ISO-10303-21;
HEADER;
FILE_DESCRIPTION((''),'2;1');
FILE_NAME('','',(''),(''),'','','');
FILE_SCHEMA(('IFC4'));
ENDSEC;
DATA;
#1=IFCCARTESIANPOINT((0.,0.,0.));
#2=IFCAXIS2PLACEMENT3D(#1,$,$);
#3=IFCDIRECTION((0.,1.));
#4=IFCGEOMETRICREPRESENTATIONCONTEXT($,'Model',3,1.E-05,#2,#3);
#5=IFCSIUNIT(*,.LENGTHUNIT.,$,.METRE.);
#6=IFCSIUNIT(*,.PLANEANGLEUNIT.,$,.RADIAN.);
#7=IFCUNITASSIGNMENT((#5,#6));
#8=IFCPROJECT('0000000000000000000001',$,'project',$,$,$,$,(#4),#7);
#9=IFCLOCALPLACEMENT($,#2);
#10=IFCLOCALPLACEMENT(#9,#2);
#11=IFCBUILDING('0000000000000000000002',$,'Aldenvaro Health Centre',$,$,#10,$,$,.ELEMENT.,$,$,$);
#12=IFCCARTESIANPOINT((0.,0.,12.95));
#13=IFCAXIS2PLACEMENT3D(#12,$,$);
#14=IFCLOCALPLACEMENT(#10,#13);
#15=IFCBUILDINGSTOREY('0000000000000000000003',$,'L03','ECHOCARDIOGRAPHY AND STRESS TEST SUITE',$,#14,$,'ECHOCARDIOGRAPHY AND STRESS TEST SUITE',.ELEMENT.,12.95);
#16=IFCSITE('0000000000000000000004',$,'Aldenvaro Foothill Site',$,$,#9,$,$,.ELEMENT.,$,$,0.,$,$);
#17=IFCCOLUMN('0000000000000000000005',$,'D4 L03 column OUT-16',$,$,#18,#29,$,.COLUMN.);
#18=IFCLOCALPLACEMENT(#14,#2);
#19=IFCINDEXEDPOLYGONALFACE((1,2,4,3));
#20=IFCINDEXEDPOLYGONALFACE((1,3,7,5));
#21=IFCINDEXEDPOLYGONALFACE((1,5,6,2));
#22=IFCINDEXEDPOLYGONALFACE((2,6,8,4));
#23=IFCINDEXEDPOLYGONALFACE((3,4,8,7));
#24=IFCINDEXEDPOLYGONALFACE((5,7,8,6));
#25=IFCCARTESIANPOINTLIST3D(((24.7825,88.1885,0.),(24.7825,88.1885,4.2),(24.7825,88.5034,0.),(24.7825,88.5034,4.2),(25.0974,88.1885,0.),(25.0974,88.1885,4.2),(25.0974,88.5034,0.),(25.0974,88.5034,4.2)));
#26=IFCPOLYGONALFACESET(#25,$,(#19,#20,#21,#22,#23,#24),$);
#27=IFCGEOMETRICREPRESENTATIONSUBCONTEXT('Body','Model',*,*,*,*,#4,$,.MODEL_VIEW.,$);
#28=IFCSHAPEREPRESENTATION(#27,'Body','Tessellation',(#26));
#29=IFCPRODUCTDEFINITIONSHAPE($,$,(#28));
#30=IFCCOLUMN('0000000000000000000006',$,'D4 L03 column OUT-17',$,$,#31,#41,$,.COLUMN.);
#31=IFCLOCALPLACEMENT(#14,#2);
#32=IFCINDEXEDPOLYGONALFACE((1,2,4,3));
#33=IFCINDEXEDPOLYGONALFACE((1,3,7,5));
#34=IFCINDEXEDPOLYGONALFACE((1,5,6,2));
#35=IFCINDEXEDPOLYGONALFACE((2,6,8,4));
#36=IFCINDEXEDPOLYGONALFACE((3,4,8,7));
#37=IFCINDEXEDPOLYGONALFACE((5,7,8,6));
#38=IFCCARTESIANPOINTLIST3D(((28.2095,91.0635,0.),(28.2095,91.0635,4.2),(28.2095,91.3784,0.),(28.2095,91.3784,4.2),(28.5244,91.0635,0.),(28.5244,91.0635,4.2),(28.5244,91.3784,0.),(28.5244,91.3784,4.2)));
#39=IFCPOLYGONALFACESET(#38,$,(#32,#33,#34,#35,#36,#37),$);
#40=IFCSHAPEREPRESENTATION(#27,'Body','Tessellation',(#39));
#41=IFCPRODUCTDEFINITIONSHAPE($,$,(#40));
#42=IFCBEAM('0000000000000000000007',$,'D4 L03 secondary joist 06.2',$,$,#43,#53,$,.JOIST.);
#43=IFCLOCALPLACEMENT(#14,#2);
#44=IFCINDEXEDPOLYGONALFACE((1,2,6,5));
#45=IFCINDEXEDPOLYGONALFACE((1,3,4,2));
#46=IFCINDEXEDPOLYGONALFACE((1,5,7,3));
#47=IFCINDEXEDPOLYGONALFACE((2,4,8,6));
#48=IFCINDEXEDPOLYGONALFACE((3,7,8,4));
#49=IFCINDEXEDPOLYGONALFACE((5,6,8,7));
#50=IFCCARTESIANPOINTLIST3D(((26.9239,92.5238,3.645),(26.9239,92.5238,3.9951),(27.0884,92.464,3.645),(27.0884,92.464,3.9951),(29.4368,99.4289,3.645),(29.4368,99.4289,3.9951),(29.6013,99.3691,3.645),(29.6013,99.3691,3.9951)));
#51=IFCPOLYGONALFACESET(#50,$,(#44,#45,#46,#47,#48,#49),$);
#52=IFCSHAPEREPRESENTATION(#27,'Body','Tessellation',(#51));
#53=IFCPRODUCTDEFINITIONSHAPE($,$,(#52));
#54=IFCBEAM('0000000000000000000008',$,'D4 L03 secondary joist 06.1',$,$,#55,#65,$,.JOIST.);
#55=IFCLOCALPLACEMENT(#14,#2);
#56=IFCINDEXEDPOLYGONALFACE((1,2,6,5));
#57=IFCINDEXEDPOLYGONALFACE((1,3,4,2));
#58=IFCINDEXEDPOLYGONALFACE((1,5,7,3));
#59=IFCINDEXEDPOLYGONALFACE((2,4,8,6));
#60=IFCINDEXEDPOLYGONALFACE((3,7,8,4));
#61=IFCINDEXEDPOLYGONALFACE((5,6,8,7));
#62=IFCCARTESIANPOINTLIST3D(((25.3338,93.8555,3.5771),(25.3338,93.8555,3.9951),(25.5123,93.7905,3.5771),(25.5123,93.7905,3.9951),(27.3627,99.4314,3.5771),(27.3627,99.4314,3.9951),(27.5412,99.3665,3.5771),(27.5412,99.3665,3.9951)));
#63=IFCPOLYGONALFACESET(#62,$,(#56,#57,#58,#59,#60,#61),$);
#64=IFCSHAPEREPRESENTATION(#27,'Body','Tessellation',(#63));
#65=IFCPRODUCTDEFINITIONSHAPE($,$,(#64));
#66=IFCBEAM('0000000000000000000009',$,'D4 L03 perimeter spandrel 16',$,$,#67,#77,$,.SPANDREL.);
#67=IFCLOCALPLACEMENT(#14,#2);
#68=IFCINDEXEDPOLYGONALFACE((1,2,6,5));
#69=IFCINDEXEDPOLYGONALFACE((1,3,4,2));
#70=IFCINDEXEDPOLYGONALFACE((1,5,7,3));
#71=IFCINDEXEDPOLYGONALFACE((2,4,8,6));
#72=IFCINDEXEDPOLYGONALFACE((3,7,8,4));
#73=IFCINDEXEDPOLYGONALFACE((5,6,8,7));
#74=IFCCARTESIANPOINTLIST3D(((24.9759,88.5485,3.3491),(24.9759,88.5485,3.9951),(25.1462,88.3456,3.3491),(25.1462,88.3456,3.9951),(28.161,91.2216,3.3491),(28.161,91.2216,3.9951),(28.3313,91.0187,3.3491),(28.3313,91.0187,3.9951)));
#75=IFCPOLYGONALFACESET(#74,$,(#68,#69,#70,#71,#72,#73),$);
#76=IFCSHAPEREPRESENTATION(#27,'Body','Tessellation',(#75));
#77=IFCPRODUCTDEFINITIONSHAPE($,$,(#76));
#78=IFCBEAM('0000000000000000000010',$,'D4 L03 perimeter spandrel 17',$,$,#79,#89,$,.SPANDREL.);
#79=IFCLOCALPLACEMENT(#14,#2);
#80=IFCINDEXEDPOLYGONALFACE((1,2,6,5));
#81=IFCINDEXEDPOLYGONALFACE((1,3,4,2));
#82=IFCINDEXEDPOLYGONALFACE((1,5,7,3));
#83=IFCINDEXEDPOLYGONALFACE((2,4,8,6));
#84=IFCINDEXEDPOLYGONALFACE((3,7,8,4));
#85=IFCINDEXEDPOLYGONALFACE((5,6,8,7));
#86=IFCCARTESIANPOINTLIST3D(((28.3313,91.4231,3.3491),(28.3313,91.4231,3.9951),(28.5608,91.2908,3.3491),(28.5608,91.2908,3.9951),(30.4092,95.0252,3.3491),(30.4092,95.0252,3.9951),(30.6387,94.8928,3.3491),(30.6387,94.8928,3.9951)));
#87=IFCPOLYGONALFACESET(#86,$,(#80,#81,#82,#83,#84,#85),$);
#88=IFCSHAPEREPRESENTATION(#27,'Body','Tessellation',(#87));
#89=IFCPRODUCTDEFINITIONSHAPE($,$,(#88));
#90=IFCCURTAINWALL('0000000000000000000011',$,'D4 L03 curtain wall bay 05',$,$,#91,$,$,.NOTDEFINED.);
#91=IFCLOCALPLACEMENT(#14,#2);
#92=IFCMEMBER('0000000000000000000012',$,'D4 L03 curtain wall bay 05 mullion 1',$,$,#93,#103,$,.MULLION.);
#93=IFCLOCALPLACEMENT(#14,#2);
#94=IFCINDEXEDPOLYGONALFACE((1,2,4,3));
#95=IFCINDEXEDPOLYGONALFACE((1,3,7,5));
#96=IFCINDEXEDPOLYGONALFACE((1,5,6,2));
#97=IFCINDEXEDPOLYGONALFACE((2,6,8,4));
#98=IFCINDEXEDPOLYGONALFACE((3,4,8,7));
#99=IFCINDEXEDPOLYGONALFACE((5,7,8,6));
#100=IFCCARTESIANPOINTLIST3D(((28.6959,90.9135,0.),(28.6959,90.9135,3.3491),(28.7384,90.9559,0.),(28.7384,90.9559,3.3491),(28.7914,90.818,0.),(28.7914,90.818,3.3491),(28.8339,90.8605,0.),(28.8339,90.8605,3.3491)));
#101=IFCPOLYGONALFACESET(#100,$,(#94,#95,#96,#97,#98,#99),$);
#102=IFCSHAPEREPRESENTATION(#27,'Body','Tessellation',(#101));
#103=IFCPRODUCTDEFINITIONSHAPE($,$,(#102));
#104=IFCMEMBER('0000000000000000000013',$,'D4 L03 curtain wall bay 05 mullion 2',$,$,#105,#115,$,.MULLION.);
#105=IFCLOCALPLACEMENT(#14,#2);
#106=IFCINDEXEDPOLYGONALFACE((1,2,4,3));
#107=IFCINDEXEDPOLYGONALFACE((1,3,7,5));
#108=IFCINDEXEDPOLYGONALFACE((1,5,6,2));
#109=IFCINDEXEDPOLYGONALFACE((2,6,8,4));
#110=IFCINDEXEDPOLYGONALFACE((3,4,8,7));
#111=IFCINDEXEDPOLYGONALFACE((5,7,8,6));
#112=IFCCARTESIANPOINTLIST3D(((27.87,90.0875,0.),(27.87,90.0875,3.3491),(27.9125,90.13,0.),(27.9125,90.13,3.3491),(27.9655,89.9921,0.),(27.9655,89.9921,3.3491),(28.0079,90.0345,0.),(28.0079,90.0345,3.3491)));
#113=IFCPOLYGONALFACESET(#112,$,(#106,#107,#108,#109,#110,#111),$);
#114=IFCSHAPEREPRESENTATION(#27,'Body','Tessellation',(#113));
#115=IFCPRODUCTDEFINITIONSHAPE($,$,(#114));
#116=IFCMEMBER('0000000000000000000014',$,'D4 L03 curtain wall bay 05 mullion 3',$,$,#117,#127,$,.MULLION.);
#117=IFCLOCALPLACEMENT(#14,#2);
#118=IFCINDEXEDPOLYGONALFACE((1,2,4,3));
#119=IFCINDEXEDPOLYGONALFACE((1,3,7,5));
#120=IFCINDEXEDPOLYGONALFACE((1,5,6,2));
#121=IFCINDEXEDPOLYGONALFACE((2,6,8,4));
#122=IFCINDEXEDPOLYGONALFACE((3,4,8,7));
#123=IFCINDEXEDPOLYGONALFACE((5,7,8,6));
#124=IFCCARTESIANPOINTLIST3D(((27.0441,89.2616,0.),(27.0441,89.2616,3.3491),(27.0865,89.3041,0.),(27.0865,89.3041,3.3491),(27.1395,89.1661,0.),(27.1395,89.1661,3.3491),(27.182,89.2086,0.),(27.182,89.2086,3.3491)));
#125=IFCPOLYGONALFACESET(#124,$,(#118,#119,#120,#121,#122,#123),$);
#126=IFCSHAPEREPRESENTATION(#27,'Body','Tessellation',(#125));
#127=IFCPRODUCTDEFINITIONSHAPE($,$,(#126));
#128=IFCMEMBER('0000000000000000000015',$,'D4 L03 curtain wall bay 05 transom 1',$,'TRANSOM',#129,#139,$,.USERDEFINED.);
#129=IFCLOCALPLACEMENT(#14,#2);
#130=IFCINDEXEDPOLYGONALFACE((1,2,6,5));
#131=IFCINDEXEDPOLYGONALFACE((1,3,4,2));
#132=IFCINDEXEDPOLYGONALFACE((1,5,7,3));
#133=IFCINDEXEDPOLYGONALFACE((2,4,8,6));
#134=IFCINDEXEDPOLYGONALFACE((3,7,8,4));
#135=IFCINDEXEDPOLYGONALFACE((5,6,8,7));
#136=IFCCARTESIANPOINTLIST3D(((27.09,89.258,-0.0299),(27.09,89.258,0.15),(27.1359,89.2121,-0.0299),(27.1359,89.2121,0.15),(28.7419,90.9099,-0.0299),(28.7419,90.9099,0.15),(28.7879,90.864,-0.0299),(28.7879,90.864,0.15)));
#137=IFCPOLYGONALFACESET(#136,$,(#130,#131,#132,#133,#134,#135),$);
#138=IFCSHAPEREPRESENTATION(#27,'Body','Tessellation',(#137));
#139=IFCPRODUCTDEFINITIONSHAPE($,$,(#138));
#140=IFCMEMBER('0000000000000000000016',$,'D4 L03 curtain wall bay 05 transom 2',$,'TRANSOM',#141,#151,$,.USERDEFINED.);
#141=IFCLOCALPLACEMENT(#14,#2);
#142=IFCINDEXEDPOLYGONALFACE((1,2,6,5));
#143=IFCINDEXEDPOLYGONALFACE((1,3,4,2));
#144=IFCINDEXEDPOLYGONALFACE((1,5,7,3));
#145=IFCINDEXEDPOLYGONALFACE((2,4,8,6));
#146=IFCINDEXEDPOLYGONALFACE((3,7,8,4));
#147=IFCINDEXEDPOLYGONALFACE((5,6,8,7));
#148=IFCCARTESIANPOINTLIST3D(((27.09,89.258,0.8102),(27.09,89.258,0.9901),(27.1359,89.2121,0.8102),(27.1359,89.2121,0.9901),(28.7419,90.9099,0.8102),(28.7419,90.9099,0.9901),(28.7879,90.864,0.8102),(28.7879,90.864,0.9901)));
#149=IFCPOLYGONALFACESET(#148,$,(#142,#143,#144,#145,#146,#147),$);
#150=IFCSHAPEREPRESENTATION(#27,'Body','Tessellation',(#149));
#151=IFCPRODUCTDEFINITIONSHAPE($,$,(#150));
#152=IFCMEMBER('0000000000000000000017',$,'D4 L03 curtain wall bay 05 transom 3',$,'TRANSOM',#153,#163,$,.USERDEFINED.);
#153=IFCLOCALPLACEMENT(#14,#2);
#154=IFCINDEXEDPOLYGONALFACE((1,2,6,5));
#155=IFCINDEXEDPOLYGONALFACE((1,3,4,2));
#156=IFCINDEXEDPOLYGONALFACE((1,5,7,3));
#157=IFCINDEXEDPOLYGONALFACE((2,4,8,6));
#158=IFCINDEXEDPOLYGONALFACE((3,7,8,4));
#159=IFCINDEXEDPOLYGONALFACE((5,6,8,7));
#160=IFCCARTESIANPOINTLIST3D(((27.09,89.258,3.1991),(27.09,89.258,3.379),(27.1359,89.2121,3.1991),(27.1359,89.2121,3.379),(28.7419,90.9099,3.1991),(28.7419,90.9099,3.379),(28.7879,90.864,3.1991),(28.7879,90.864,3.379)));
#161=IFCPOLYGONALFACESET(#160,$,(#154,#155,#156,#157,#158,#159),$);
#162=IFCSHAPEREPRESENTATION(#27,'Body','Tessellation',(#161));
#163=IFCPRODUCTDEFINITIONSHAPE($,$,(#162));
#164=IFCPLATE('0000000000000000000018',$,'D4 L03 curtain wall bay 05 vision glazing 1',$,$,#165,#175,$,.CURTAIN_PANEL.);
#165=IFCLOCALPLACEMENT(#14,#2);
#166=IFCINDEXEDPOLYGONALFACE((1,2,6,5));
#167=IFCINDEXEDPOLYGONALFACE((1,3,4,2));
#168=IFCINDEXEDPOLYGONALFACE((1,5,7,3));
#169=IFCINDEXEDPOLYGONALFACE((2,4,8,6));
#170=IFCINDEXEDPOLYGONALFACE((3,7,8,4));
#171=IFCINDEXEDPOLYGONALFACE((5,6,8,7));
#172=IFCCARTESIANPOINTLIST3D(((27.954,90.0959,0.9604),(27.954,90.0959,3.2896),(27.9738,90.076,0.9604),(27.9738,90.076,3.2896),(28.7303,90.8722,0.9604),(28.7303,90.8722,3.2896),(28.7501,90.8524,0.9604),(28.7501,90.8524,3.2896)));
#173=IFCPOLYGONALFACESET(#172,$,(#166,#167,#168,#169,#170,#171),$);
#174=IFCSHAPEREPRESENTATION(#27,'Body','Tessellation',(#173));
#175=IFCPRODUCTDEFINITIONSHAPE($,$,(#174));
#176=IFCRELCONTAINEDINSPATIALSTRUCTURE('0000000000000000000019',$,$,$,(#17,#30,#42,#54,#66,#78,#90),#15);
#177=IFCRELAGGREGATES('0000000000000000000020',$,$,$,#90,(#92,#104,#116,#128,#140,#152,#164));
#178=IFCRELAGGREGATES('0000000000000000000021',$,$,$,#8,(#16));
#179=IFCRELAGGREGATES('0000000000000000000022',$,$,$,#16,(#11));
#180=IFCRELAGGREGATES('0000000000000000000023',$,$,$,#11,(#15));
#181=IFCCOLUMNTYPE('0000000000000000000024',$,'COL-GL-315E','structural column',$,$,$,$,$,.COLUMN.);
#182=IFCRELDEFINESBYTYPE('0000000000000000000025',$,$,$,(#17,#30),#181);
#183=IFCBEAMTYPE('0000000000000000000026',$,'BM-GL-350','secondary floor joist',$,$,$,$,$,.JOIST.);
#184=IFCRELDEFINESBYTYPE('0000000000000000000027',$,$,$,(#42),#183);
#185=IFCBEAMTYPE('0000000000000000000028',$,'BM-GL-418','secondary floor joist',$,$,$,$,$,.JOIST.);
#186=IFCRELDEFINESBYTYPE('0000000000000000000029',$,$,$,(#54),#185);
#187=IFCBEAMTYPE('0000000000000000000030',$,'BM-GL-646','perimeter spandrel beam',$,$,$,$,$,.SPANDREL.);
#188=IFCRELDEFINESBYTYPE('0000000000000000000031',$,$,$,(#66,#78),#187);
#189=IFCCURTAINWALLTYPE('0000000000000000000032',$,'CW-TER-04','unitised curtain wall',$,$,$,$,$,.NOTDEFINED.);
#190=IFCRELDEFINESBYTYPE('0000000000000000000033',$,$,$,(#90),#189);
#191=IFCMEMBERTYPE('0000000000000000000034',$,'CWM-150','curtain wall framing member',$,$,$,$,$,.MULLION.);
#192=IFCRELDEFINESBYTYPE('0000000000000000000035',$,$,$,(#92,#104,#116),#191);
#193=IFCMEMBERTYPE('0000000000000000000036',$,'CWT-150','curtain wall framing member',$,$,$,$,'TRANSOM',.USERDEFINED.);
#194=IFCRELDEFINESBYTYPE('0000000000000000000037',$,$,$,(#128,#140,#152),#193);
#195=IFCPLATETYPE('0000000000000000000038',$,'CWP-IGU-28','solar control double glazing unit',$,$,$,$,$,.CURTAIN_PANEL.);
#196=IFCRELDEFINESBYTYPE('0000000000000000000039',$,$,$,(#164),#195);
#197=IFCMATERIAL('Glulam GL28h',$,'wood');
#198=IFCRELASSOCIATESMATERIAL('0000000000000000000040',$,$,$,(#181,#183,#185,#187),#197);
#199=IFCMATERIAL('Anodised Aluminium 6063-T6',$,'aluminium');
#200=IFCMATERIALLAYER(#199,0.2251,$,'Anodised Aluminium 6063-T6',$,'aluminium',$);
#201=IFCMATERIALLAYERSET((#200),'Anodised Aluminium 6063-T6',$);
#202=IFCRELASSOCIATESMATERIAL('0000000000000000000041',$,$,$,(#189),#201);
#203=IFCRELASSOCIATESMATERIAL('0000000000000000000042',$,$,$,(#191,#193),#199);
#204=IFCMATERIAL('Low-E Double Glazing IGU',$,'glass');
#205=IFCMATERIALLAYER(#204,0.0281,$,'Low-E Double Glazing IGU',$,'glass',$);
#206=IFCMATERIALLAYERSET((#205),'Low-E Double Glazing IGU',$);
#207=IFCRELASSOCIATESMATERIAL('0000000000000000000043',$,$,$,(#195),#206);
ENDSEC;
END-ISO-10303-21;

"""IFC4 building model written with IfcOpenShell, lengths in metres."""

from ifc_helpers import new_model, si_unit, direction, frame, origin, origin_2d, place, context, subcontext, project, spatial, rectangle, extrude, material, layer, layer_set, material_profile, profile_set, type_object, element, aggregate, save


model = new_model("IFC4")

# Units and contexts
model_context = context("Model", 3, precision=1e-05, world=origin(), true_north=direction((0.0, 1.0)))
body_context = subcontext(model_context, "Body", "Model", "MODEL_VIEW")
ifc_project = project(units=[si_unit("LENGTHUNIT", "METRE"), si_unit("PLANEANGLEUNIT", "RADIAN")], contexts=[model_context])

# Site, building, storey
site_placement = place(None, origin())
site = spatial("IfcSite", under=ifc_project, at=site_placement, Name="Aldenvaro Foothill Site", CompositionType="ELEMENT", RefElevation=0.0)
building_placement = place(site_placement, origin())
building = spatial("IfcBuilding", under=site, at=building_placement, Name="Aldenvaro Health Centre", CompositionType="ELEMENT")
storey_placement = place(building_placement, frame((0.0, 0.0, 12.95)))
storey = spatial("IfcBuildingStorey", under=building, at=storey_placement, Name="L03", Description="ECHOCARDIOGRAPHY AND STRESS TEST SUITE", LongName="ECHOCARDIOGRAPHY AND STRESS TEST SUITE", CompositionType="ELEMENT", Elevation=12.95)

# Columns
ifc_material_1 = material(Name="Glulam GL28h", Category="wood")
ifc_material_profile_1 = material_profile(ifc_material_1, rectangle(XDim=0.3149, YDim=0.3149, at=origin_2d()), Name="GL 315x315", Category="wood")
ifc_profile_set_1 = profile_set([ifc_material_profile_1], Name="Glulam GL28h")
column_type = type_object("IfcColumnType", Name="COL-GL-315E", Description="structural column", PredefinedType="COLUMN", material=ifc_profile_set_1)
for number, where, z_axis, x_axis, name in (
    (1, (24.9399, 88.3459, 0.0), (0.0, 0.0, 1.0), (1.0, 0.0, 0.0), "D4 L03 column OUT-16"),
    (2, (28.3669, 91.2209, 0.0), (0.0, 0.0, 1.0), (1.0, 0.0, 0.0), "D4 L03 column OUT-17"),
):
    element("IfcColumn", number, at=place(storey_placement, frame(where, z_axis=z_axis, x_axis=x_axis)), inside=storey, type_object=column_type, Name=name, PredefinedType="COLUMN", context=body_context, shape_type="SweptSolid", body=[
        extrude(rectangle(XDim=0.3149, YDim=0.3149, at=origin_2d()), origin(), (0.0, 0.0, 1.0), 4.2),
    ])

# Beams
ifc_material_profile_2 = material_profile(ifc_material_1, rectangle(XDim=0.175, YDim=0.3501, at=origin_2d()), Name="GL 175x350", Category="wood")
ifc_profile_set_2 = profile_set([ifc_material_profile_2], Name="Glulam GL28h")
beam_type_1 = type_object("IfcBeamType", Name="BM-GL-350", Description="secondary floor joist", PredefinedType="JOIST", material=ifc_profile_set_2)
beam_1_placement = place(storey_placement, frame((27.0061, 92.4939, 3.8201), z_axis=(0.341986, 0.939705, 0.0), x_axis=(-0.939705, 0.341986, 0.0)))
element("IfcBeam", 3, at=beam_1_placement, inside=storey, type_object=beam_type_1, Name="D4 L03 secondary joist 06.2", PredefinedType="JOIST", context=body_context, shape_type="SweptSolid", body=[
    extrude(rectangle(XDim=0.175, YDim=0.3501, at=origin_2d()), origin(), (0.0, 0.0, 1.0), 7.3481),
])
ifc_material_profile_3 = material_profile(ifc_material_1, rectangle(XDim=0.1899, YDim=0.418, at=origin_2d()), Name="GL 190x418", Category="wood")
ifc_profile_set_3 = profile_set([ifc_material_profile_3], Name="Glulam GL28h")
beam_type_2 = type_object("IfcBeamType", Name="BM-GL-418", Description="secondary floor joist", PredefinedType="JOIST", material=ifc_profile_set_3)
beam_2_placement = place(storey_placement, frame((25.4231, 93.823, 3.7861), z_axis=(0.341921, 0.939729, 0.0), x_axis=(-0.939729, 0.341921, 0.0)))
element("IfcBeam", 4, at=beam_2_placement, inside=storey, type_object=beam_type_2, Name="D4 L03 secondary joist 06.1", PredefinedType="JOIST", context=body_context, shape_type="SweptSolid", body=[
    extrude(rectangle(XDim=0.1899, YDim=0.418, at=origin_2d()), origin(), (0.0, 0.0, 1.0), 5.9336),
])
ifc_material_profile_4 = material_profile(ifc_material_1, rectangle(XDim=0.2649, YDim=0.646, at=origin_2d()), Name="GL 265x646", Category="wood")
ifc_profile_set_4 = profile_set([ifc_material_profile_4], Name="Glulam GL28h")
beam_type_3 = type_object("IfcBeamType", Name="BM-GL-646", Description="perimeter spandrel beam", PredefinedType="SPANDREL", material=ifc_profile_set_4)
beam_3_placement = place(storey_placement, frame((25.061, 88.447, 3.6721), z_axis=(0.765984, 0.64286, 0.0), x_axis=(-0.64286, 0.765984, 0.0)))
element("IfcBeam", 5, at=beam_3_placement, inside=storey, type_object=beam_type_3, Name="D4 L03 perimeter spandrel 16", PredefinedType="SPANDREL", context=body_context, shape_type="SweptSolid", body=[
    extrude(rectangle(XDim=0.2649, YDim=0.646, at=origin_2d()), origin(), (0.0, 0.0, 1.0), 4.1582),
])
beam_4_placement = place(storey_placement, frame((28.446, 91.3569, 3.6721), z_axis=(0.499682, 0.866209, 0.0), x_axis=(-0.866209, 0.499682, 0.0)))
element("IfcBeam", 6, at=beam_4_placement, inside=storey, type_object=beam_type_3, Name="D4 L03 perimeter spandrel 17", PredefinedType="SPANDREL", context=body_context, shape_type="SweptSolid", body=[
    extrude(rectangle(XDim=0.2649, YDim=0.646, at=origin_2d()), origin(), (0.0, 0.0, 1.0), 4.1584),
])

# Curtain wall, members, plate
ifc_material_2 = material(Name="Anodised Aluminium 6063-T6", Category="aluminium")
ifc_layer_1 = layer(ifc_material_2, 0.2251, Name="Anodised Aluminium 6063-T6", Category="aluminium")
ifc_layer_set_1 = layer_set([ifc_layer_1], Name="Anodised Aluminium 6063-T6")
curtain_wall_type = type_object("IfcCurtainWallType", Name="CW-TER-04", Description="unitised curtain wall", PredefinedType="NOTDEFINED", material=ifc_layer_set_1)
curtain_wall_placement = place(storey_placement, origin())
curtain_wall = element("IfcCurtainWall", 7, at=curtain_wall_placement, inside=storey, type_object=curtain_wall_type, Name="D4 L03 curtain wall bay 05", PredefinedType="NOTDEFINED")
ifc_material_profile_5 = material_profile(ifc_material_2, rectangle(XDim=0.0601, YDim=0.135, at=origin_2d()), Name="ALU 60x135", Category="aluminium")
ifc_profile_set_5 = profile_set([ifc_material_profile_5], Name="Anodised Aluminium 6063-T6")
member_type_1 = type_object("IfcMemberType", Name="CWM-150", Description="curtain wall framing member", PredefinedType="MULLION", material=ifc_profile_set_5)
member_1_placement = place(storey_placement, frame((28.7649, 90.887, 0.0), z_axis=(0.0, 0.0, 1.0), x_axis=(-0.707107, -0.707107, 0.0)))
member_1 = element("IfcMember", 8, at=member_1_placement, type_object=member_type_1, Name="D4 L03 curtain wall bay 05 mullion 1", PredefinedType="MULLION", context=body_context, shape_type="SweptSolid", body=[
    extrude(rectangle(XDim=0.0601, YDim=0.135, at=origin_2d()), origin(), (0.0, 0.0, 1.0), 3.3491),
])
member_2_placement = place(storey_placement, frame((27.939, 90.061, 0.0), z_axis=(0.0, 0.0, 1.0), x_axis=(-0.707107, -0.707107, 0.0)))
member_2 = element("IfcMember", 9, at=member_2_placement, type_object=member_type_1, Name="D4 L03 curtain wall bay 05 mullion 2", PredefinedType="MULLION", context=body_context, shape_type="SweptSolid", body=[
    extrude(rectangle(XDim=0.0601, YDim=0.135, at=origin_2d()), origin(), (0.0, 0.0, 1.0), 3.3491),
])
member_3_placement = place(storey_placement, frame((27.113, 89.2351, 0.0), z_axis=(0.0, 0.0, 1.0), x_axis=(-0.707107, -0.707107, 0.0)))
member_3 = element("IfcMember", 10, at=member_3_placement, type_object=member_type_1, Name="D4 L03 curtain wall bay 05 mullion 3", PredefinedType="MULLION", context=body_context, shape_type="SweptSolid", body=[
    extrude(rectangle(XDim=0.0601, YDim=0.135, at=origin_2d()), origin(), (0.0, 0.0, 1.0), 3.3491),
])
ifc_material_profile_6 = material_profile(ifc_material_2, rectangle(XDim=0.0649, YDim=0.1799, at=origin_2d()), Name="ALU 65x180", Category="aluminium")
ifc_profile_set_6 = profile_set([ifc_material_profile_6], Name="Anodised Aluminium 6063-T6")
member_type_2 = type_object("IfcMemberType", Name="CWT-150", Description="curtain wall framing member", ElementType="TRANSOM", PredefinedType="USERDEFINED", material=ifc_profile_set_6)
member_4_placement = place(storey_placement, frame((28.7649, 90.887, 0.0601), z_axis=(-0.707107, -0.707107, 0.0), x_axis=(0.707107, -0.707107, 0.0)))
member_4 = element("IfcMember", 11, at=member_4_placement, type_object=member_type_2, Name="D4 L03 curtain wall bay 05 transom 1", ObjectType="TRANSOM", PredefinedType="USERDEFINED", context=body_context, shape_type="SweptSolid", body=[
    extrude(rectangle(XDim=0.0649, YDim=0.1799, at=origin_2d()), origin(), (0.0, 0.0, 1.0), 2.3362),
])
member_5_placement = place(storey_placement, frame((28.7649, 90.887, 0.9001), z_axis=(-0.707107, -0.707107, 0.0), x_axis=(0.707107, -0.707107, 0.0)))
member_5 = element("IfcMember", 12, at=member_5_placement, type_object=member_type_2, Name="D4 L03 curtain wall bay 05 transom 2", ObjectType="TRANSOM", PredefinedType="USERDEFINED", context=body_context, shape_type="SweptSolid", body=[
    extrude(rectangle(XDim=0.0649, YDim=0.1799, at=origin_2d()), origin(), (0.0, 0.0, 1.0), 2.3362),
])
member_6_placement = place(storey_placement, frame((28.7649, 90.887, 3.2891), z_axis=(-0.707107, -0.707107, 0.0), x_axis=(0.707107, -0.707107, 0.0)))
member_6 = element("IfcMember", 13, at=member_6_placement, type_object=member_type_2, Name="D4 L03 curtain wall bay 05 transom 3", ObjectType="TRANSOM", PredefinedType="USERDEFINED", context=body_context, shape_type="SweptSolid", body=[
    extrude(rectangle(XDim=0.0649, YDim=0.1799, at=origin_2d()), origin(), (0.0, 0.0, 1.0), 2.3362),
])
ifc_material_3 = material(Name="Low-E Double Glazing IGU", Category="glass")
ifc_layer_2 = layer(ifc_material_3, 0.0281, Name="Low-E Double Glazing IGU", Category="glass")
ifc_layer_set_2 = layer_set([ifc_layer_2], Name="Low-E Double Glazing IGU")
plate_type_1 = type_object("IfcPlateType", Name="CWP-IGU-28", Description="solar control double glazing unit", PredefinedType="CURTAIN_PANEL", material=ifc_layer_set_2)
plate_1_placement = place(storey_placement, frame((28.3521, 90.4741, 0.9604), z_axis=(0.0, 0.0, 1.0), x_axis=(-0.707107, -0.707107, 0.0)))
plate_1 = element("IfcPlate", 14, at=plate_1_placement, type_object=plate_type_1, Name="D4 L03 curtain wall bay 05 vision glazing 1", PredefinedType="CURTAIN_PANEL", context=body_context, shape_type="SweptSolid", body=[
    extrude(rectangle(XDim=1.0979, YDim=0.0281, at=origin_2d()), origin(), (0.0, 0.0, 1.0), 2.3291),
])
aggregate(curtain_wall, [member_1, member_2, member_3, member_4, member_5, member_6, plate_1])

save(model, "model.ifc")
